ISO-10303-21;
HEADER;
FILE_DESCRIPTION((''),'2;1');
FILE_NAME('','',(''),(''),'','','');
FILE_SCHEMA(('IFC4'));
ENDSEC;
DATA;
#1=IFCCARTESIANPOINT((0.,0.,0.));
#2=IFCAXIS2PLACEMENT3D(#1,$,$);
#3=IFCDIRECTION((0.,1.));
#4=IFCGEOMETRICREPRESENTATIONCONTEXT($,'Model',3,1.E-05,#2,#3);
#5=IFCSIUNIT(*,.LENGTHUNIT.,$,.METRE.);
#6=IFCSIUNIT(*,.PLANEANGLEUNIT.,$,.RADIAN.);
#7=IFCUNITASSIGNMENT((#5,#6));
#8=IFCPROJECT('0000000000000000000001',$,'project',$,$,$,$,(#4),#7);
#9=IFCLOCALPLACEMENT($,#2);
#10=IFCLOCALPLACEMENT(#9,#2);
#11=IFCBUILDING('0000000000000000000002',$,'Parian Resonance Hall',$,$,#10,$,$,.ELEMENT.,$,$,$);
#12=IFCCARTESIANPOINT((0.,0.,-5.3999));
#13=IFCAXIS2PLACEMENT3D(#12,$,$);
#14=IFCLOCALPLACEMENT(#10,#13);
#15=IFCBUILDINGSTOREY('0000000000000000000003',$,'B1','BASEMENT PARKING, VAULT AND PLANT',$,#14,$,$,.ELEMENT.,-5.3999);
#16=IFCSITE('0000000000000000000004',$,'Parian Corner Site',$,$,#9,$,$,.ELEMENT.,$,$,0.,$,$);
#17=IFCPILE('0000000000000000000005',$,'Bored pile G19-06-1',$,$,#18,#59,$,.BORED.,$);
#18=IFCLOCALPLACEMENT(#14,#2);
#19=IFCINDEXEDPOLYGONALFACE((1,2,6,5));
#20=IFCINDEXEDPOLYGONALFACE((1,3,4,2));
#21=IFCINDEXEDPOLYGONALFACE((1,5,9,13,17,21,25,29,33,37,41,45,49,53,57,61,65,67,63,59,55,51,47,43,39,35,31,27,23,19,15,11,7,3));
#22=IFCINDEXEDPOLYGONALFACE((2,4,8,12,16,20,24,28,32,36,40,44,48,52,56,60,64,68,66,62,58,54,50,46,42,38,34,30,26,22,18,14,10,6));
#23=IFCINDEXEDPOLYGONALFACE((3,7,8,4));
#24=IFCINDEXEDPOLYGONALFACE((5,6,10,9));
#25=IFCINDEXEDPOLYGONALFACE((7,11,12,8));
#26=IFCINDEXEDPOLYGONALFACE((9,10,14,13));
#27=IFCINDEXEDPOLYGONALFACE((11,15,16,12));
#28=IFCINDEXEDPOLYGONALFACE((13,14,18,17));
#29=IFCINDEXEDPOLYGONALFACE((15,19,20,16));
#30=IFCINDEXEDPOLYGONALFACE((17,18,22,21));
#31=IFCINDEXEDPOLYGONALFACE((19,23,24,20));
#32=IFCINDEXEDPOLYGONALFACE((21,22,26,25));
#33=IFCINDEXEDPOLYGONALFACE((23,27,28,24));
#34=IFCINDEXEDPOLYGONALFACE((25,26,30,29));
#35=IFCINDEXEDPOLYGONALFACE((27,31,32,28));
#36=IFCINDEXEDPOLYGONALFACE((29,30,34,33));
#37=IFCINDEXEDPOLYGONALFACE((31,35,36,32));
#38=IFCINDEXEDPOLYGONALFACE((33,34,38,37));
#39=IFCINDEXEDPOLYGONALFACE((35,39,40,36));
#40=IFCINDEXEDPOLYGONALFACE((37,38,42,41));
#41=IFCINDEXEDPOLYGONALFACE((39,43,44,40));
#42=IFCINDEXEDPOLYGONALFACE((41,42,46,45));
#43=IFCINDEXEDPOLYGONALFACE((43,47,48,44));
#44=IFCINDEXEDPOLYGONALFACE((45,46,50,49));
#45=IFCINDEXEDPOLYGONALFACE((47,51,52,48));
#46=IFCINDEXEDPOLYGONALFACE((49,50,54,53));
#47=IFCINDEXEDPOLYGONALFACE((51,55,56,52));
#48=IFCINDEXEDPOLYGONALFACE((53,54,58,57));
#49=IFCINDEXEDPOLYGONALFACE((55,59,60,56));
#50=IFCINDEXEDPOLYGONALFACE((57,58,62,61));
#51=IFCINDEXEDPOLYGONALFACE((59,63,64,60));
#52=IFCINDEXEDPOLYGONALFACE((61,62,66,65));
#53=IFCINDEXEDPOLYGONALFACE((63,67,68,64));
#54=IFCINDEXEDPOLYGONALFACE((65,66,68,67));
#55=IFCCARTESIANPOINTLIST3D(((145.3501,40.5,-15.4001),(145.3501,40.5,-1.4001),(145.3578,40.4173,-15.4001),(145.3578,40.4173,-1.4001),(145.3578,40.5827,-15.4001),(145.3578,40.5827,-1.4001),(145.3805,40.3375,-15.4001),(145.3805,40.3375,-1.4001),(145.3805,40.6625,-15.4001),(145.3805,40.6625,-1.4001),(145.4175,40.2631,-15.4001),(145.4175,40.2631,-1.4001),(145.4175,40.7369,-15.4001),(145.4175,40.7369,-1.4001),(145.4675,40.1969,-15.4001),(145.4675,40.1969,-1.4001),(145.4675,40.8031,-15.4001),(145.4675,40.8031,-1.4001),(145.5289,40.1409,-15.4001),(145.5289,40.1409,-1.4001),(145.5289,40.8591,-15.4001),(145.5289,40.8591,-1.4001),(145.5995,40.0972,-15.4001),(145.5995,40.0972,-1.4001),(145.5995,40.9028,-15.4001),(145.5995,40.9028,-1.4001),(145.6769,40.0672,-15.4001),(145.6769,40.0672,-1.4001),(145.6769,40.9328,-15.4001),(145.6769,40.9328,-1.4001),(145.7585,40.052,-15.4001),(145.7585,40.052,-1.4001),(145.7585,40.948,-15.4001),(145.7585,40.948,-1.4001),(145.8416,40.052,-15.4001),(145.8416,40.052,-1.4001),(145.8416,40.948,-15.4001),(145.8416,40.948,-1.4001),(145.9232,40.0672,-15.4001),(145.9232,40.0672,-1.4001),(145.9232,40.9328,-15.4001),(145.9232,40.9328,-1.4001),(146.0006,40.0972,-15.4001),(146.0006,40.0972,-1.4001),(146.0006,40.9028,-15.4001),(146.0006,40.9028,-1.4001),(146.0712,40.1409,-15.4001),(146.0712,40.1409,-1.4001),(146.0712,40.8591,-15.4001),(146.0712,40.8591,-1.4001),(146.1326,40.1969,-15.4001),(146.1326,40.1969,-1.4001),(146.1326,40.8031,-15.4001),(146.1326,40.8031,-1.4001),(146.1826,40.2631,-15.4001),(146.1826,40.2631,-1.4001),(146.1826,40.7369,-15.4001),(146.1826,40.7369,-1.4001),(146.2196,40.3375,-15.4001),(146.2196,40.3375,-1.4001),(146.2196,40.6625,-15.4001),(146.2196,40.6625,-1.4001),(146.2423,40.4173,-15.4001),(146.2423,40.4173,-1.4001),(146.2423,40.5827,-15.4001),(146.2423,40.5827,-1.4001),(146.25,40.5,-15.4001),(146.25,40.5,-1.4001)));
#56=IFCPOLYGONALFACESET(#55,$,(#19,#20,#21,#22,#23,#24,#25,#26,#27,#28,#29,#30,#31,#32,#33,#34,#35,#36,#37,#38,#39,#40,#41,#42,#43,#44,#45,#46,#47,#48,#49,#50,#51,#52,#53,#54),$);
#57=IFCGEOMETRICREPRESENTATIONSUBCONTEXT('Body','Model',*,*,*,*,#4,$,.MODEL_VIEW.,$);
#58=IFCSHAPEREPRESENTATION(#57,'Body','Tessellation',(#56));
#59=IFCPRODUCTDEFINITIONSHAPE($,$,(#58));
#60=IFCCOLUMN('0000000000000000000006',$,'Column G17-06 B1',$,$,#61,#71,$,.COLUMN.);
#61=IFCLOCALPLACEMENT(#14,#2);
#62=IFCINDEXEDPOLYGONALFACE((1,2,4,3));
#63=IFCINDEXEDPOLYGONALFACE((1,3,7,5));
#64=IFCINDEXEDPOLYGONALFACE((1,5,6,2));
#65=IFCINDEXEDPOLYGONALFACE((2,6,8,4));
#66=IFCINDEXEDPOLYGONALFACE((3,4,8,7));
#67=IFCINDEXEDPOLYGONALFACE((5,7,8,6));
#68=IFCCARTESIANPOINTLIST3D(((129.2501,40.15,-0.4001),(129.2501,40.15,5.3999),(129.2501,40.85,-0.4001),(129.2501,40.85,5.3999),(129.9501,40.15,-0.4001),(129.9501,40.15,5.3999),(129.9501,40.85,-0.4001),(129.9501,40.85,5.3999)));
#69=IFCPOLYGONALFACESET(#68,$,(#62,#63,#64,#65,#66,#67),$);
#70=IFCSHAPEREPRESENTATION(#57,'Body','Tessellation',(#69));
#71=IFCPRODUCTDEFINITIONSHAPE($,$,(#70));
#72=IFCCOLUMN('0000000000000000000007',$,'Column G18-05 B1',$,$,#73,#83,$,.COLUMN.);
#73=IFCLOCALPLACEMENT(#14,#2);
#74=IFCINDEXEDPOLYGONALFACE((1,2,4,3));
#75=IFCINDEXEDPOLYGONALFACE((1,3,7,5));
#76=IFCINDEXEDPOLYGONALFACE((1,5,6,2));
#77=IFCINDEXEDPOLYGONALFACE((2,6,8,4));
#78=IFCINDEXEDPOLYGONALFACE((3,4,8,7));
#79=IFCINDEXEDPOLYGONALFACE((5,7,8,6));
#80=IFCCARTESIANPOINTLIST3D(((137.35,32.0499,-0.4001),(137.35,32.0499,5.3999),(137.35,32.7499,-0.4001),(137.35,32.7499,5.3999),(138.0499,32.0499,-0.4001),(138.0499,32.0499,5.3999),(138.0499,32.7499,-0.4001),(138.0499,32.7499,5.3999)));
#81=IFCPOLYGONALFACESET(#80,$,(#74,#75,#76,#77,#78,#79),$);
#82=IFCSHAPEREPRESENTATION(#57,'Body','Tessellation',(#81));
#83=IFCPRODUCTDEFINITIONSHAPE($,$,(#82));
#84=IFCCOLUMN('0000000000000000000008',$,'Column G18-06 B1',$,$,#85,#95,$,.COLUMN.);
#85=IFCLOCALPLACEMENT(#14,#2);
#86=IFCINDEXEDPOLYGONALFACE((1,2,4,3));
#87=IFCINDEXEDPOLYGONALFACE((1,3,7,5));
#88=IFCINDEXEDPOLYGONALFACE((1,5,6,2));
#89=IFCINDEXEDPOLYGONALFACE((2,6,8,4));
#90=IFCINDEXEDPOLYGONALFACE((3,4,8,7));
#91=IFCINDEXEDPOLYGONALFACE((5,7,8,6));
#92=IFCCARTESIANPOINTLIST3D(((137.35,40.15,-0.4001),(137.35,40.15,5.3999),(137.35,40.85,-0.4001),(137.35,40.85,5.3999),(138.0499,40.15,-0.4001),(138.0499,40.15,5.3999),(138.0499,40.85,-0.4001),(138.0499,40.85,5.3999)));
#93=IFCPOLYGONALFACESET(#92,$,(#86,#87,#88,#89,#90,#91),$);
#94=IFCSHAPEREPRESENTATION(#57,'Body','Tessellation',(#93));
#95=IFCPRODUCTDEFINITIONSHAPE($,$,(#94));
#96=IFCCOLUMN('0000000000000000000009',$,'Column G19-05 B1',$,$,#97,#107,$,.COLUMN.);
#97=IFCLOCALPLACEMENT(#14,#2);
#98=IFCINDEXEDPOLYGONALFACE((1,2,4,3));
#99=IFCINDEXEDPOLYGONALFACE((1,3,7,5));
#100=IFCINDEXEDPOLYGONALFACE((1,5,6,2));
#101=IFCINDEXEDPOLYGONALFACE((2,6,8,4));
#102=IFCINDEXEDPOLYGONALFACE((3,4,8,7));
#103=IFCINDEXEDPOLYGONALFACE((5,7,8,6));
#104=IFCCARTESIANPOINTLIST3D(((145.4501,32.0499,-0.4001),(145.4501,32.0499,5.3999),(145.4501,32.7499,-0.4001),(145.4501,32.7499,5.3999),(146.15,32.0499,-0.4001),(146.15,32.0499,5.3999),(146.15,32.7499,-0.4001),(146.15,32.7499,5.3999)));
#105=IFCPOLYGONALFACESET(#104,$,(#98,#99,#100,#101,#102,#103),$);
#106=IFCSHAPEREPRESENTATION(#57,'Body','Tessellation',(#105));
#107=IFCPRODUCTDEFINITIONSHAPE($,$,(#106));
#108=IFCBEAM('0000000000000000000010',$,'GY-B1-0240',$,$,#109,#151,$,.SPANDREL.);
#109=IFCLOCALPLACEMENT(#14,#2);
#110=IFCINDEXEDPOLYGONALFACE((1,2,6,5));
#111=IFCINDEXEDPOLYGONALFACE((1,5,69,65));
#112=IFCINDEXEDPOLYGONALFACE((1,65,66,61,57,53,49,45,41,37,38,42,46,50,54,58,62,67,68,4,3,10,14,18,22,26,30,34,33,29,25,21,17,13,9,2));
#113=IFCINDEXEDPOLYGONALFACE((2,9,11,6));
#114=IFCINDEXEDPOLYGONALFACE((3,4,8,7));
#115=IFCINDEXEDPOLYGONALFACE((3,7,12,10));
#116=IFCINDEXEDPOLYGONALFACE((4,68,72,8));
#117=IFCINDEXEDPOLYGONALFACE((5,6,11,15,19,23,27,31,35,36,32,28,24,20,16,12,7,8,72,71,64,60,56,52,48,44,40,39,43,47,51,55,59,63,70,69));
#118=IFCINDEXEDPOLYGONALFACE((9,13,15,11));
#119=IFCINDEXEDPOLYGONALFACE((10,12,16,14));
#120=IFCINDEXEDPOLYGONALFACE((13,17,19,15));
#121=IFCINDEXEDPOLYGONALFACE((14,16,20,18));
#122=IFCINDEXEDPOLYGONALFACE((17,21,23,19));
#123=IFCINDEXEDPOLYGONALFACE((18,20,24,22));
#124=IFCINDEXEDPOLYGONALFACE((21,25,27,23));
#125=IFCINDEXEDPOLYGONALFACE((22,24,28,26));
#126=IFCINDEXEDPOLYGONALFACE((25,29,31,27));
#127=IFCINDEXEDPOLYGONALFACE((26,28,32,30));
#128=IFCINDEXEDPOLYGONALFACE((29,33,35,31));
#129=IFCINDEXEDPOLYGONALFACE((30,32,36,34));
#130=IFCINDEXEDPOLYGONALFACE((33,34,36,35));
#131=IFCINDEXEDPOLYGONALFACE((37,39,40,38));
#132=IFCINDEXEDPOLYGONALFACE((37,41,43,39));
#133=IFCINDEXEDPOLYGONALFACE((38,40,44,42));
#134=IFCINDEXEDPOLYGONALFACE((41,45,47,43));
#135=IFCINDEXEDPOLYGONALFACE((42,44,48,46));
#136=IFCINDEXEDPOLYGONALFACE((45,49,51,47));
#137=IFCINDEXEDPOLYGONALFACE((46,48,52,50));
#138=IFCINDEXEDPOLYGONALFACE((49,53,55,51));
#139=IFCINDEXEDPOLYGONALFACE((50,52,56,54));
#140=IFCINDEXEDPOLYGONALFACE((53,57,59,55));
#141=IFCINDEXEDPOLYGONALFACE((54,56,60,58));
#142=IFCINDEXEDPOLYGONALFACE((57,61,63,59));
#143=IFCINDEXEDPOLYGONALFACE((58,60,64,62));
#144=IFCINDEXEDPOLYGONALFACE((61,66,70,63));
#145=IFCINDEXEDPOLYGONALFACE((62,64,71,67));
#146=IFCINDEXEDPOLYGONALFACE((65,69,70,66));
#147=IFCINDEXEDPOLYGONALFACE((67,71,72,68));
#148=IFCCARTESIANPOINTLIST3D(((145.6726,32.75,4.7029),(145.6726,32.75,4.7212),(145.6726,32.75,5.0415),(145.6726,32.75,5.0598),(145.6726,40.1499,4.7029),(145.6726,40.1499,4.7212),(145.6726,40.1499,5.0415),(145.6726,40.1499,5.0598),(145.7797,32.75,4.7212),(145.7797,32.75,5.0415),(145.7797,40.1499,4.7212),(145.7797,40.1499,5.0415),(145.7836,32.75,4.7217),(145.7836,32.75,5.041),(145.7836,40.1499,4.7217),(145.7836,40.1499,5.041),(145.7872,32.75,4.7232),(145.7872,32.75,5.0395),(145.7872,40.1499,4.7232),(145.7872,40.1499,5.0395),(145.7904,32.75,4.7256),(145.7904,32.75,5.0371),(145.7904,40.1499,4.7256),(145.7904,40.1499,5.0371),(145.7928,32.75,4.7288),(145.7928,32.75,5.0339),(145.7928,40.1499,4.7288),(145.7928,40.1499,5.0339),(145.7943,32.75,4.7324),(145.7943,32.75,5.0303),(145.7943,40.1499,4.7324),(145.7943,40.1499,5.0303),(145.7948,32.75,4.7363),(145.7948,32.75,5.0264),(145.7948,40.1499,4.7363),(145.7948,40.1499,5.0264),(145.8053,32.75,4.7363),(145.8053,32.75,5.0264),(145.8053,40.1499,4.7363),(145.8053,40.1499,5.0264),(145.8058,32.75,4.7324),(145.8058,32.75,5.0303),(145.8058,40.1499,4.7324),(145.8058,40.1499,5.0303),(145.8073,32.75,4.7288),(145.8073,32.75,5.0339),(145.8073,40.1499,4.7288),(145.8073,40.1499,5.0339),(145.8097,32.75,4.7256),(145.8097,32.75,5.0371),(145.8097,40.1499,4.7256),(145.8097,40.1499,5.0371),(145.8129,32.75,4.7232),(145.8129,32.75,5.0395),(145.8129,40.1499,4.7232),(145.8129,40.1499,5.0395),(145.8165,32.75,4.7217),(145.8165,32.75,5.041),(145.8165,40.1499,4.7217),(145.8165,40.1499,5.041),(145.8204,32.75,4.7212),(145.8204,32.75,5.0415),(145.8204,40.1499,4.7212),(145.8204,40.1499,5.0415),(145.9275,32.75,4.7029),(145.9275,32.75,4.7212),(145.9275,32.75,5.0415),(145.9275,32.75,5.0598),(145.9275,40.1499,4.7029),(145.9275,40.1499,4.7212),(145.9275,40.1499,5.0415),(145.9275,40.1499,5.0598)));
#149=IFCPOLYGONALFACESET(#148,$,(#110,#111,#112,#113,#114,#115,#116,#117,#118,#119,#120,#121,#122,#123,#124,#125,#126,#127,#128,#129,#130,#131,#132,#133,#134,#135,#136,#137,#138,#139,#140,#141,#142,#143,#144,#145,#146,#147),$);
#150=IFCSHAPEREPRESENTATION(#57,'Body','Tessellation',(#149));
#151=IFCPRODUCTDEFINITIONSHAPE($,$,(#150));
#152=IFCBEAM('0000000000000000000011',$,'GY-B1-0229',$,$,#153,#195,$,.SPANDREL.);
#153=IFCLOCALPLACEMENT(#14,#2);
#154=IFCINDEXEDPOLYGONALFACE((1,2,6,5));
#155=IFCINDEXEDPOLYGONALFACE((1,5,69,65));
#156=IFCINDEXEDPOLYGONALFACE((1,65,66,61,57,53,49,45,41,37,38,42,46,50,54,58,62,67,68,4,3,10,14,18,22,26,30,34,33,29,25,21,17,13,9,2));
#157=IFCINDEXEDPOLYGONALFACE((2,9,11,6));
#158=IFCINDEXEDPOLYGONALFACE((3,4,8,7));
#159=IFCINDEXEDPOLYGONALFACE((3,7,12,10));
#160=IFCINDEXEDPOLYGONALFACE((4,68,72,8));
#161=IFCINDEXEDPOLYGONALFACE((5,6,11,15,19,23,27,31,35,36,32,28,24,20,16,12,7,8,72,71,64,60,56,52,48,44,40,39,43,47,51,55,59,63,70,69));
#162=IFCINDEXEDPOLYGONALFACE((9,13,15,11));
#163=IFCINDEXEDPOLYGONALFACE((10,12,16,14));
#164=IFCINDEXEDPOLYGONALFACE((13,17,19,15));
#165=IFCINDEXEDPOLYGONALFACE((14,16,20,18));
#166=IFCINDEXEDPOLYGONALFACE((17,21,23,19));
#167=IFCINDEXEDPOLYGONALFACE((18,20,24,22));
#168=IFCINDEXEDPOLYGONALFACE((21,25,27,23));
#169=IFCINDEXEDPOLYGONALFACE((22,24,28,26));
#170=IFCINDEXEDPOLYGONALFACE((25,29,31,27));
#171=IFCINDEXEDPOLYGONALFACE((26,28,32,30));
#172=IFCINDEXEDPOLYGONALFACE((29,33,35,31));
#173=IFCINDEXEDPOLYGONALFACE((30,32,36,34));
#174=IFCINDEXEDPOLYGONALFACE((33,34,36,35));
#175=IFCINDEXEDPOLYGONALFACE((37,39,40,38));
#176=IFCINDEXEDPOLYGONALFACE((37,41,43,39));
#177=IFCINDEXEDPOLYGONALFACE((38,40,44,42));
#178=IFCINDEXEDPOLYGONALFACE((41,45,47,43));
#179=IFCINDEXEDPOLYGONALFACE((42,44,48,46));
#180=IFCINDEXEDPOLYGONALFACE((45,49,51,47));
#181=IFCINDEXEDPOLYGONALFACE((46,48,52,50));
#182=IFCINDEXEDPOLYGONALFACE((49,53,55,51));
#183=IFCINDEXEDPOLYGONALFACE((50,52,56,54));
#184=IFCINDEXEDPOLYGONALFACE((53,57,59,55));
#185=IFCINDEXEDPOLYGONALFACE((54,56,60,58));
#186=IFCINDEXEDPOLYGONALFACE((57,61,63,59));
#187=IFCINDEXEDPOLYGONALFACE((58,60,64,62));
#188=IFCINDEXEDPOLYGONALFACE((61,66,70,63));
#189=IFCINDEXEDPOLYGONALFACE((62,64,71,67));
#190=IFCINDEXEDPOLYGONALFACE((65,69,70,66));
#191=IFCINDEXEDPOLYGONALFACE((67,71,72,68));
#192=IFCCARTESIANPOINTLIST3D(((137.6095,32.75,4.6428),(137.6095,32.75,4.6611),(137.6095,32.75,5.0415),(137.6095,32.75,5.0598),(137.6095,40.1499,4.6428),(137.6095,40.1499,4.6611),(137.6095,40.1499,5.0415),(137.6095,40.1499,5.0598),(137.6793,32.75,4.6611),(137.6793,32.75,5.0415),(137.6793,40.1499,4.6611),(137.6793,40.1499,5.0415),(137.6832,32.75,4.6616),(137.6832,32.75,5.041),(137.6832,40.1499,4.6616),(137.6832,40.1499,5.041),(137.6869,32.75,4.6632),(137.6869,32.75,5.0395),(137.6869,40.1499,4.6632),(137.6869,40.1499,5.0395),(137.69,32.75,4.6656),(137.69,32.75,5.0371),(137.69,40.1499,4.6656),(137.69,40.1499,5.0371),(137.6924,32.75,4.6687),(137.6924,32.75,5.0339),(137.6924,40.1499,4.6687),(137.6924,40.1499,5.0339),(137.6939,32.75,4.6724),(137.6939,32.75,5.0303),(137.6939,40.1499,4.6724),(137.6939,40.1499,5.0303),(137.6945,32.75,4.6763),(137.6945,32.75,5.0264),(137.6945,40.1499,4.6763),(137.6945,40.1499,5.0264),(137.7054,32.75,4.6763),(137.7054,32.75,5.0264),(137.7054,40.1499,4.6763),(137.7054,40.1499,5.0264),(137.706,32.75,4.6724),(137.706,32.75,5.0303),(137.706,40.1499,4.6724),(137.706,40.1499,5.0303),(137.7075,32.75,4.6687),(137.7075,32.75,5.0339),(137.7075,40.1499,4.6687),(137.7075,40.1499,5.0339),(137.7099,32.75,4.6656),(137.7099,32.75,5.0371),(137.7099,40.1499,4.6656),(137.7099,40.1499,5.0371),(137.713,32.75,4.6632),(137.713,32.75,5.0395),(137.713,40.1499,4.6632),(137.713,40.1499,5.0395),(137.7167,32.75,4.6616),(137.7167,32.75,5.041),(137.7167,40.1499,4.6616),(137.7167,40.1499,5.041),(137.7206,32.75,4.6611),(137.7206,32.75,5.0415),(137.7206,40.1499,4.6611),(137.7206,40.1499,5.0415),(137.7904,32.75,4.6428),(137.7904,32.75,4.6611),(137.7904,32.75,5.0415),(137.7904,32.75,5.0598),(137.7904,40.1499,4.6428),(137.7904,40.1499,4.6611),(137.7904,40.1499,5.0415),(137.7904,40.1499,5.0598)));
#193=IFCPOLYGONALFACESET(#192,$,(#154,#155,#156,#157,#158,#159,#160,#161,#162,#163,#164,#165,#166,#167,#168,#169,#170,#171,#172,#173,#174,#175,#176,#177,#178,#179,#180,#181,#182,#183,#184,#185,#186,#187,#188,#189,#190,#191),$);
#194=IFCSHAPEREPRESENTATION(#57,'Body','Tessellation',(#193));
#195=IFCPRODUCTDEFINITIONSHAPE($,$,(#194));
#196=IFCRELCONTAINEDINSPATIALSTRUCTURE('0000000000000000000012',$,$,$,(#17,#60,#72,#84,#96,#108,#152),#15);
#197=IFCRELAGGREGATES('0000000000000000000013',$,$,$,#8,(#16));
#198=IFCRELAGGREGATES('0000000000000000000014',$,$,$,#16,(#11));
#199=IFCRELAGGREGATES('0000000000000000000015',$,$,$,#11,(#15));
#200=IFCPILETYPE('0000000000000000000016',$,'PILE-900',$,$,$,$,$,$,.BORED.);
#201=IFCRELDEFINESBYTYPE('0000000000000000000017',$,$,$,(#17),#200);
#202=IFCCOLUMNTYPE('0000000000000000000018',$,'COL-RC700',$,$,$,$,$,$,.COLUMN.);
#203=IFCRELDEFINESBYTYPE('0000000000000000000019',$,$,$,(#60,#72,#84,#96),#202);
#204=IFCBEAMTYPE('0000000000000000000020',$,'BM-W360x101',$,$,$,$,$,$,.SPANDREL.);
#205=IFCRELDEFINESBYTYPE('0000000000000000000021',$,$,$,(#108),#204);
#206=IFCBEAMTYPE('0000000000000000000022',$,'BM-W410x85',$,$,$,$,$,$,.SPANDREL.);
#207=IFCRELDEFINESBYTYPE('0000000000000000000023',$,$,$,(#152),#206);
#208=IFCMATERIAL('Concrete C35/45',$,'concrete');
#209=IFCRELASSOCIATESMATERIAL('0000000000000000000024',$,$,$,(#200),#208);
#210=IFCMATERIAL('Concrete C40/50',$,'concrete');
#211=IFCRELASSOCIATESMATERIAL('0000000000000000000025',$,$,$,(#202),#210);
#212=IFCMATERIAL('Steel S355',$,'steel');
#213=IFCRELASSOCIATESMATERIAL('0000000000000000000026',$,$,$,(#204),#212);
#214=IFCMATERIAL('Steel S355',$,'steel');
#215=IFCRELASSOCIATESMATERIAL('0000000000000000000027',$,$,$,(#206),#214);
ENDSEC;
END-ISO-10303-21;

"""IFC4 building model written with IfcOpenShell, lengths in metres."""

from ifc_helpers import new_model, si_unit, direction, frame, origin, origin_2d, place, context, subcontext, project, spatial, rectangle, circle, i_section, extrude, material, material_profile, profile_set, type_object, element, save


model = new_model("IFC4")

# Units and contexts
model_context = context("Model", 3, precision=1e-05, world=origin(), true_north=direction((0.0, 1.0)))
body_context = subcontext(model_context, "Body", "Model", "MODEL_VIEW")
ifc_project = project(units=[si_unit("LENGTHUNIT", "METRE"), si_unit("PLANEANGLEUNIT", "RADIAN")], contexts=[model_context])

# Site, building, storey
site_placement = place(None, origin())
site = spatial("IfcSite", under=ifc_project, at=site_placement, Name="Parian Corner Site", CompositionType="ELEMENT", RefElevation=0.0)
building_placement = place(site_placement, origin())
building = spatial("IfcBuilding", under=site, at=building_placement, Name="Parian Resonance Hall", CompositionType="ELEMENT")
storey_placement = place(building_placement, frame((0.0, 0.0, -5.3999)))
storey = spatial("IfcBuildingStorey", under=building, at=storey_placement, Name="B1", Description="BASEMENT PARKING, VAULT AND PLANT", CompositionType="ELEMENT", Elevation=-5.3999)

# Pile
ifc_material_1 = material(Name="Concrete C35/45", Category="concrete")
ifc_material_profile_1 = material_profile(ifc_material_1, circle(Radius=0.45, at=origin_2d()), Name="PILE-D900")
ifc_profile_set_1 = profile_set([ifc_material_profile_1], Name="Concrete C35/45")
pile_type_1 = type_object("IfcPileType", Name="PILE-900", PredefinedType="BORED", material=ifc_profile_set_1)
for number, where, z_axis, x_axis, name in (
    (1, (145.8, 40.5, -1.4001), (0.0, 0.0, -1.0), (1.0, 0.0, 0.0), "Bored pile G19-06-1"),
):
    element("IfcPile", number, at=place(storey_placement, frame(where, z_axis=z_axis, x_axis=x_axis)), inside=storey, type_object=pile_type_1, Name=name, PredefinedType="BORED", context=body_context, shape_type="SweptSolid", body=[
        extrude(circle(Radius=0.45, at=origin_2d()), origin(), (0.0, 0.0, 1.0), 14.0),
    ])

# Columns
ifc_material_2 = material(Name="Concrete C40/50", Category="concrete")
ifc_material_profile_2 = material_profile(ifc_material_2, rectangle(XDim=0.7, YDim=0.7, at=origin_2d()), Name="RC-COL-700x700")
ifc_profile_set_2 = profile_set([ifc_material_profile_2], Name="Concrete C40/50")
column_type = type_object("IfcColumnType", Name="COL-RC700", PredefinedType="COLUMN", material=ifc_profile_set_2)
for number, where, z_axis, x_axis, name in (
    (2, (129.6001, 40.5, -0.4001), (0.0, 0.0, 1.0), (1.0, 0.0, 0.0), "Column G17-06 B1"),
    (3, (137.7, 32.3999, -0.4001), (0.0, 0.0, 1.0), (1.0, 0.0, 0.0), "Column G18-05 B1"),
    (4, (137.7, 40.5, -0.4001), (0.0, 0.0, 1.0), (1.0, 0.0, 0.0), "Column G18-06 B1"),
    (5, (145.8, 32.3999, -0.4001), (0.0, 0.0, 1.0), (1.0, 0.0, 0.0), "Column G19-05 B1"),
):
    element("IfcColumn", number, at=place(storey_placement, frame(where, z_axis=z_axis, x_axis=x_axis)), inside=storey, type_object=column_type, Name=name, PredefinedType="COLUMN", context=body_context, shape_type="SweptSolid", body=[
        extrude(rectangle(XDim=0.7, YDim=0.7, at=origin_2d()), origin(), (0.0, 0.0, 1.0), 5.8),
    ])

# Beams
ifc_material_3 = material(Name="Steel S355", Category="steel")
ifc_material_profile_3 = material_profile(ifc_material_3, i_section(OverallWidth=0.2549, OverallDepth=0.3569, WebThickness=0.0105, FlangeThickness=0.0183, FilletRadius=0.0151, at=origin_2d()), Name="W360x101")
ifc_profile_set_3 = profile_set([ifc_material_profile_3], Name="Steel S355")
beam_type_1 = type_object("IfcBeamType", Name="BM-W360x101", PredefinedType="SPANDREL", material=ifc_profile_set_3)
beam_1_placement = place(storey_placement, frame((145.8, 32.75, 4.8813), z_axis=(0.0, 1.0, 0.0), x_axis=(-1.0, 0.0, 0.0)))
element("IfcBeam", 6, at=beam_1_placement, inside=storey, type_object=beam_type_1, Name="GY-B1-0240", PredefinedType="SPANDREL", context=body_context, shape_type="SweptSolid", body=[
    extrude(i_section(OverallWidth=0.2549, OverallDepth=0.3569, WebThickness=0.0105, FlangeThickness=0.0183, FilletRadius=0.0151, at=origin_2d()), origin(), (0.0, 0.0, 1.0), 7.3999),
])
ifc_material_4 = material(Name="Steel S355", Category="steel")
ifc_material_profile_4 = material_profile(ifc_material_4, i_section(OverallWidth=0.1809, OverallDepth=0.417, WebThickness=0.011, FlangeThickness=0.0183, FilletRadius=0.0151, at=origin_2d()), Name="W410x85")
ifc_profile_set_4 = profile_set([ifc_material_profile_4], Name="Steel S355")
beam_type_2 = type_object("IfcBeamType", Name="BM-W410x85", PredefinedType="SPANDREL", material=ifc_profile_set_4)
beam_2_placement = place(storey_placement, frame((137.7, 32.75, 4.8513), z_axis=(0.0, 1.0, 0.0), x_axis=(-1.0, 0.0, 0.0)))
element("IfcBeam", 7, at=beam_2_placement, inside=storey, type_object=beam_type_2, Name="GY-B1-0229", PredefinedType="SPANDREL", context=body_context, shape_type="SweptSolid", body=[
    extrude(i_section(OverallWidth=0.1809, OverallDepth=0.417, WebThickness=0.011, FlangeThickness=0.0183, FilletRadius=0.0151, at=origin_2d()), origin(), (0.0, 0.0, 1.0), 7.3999),
])

save(model, "model.ifc")
